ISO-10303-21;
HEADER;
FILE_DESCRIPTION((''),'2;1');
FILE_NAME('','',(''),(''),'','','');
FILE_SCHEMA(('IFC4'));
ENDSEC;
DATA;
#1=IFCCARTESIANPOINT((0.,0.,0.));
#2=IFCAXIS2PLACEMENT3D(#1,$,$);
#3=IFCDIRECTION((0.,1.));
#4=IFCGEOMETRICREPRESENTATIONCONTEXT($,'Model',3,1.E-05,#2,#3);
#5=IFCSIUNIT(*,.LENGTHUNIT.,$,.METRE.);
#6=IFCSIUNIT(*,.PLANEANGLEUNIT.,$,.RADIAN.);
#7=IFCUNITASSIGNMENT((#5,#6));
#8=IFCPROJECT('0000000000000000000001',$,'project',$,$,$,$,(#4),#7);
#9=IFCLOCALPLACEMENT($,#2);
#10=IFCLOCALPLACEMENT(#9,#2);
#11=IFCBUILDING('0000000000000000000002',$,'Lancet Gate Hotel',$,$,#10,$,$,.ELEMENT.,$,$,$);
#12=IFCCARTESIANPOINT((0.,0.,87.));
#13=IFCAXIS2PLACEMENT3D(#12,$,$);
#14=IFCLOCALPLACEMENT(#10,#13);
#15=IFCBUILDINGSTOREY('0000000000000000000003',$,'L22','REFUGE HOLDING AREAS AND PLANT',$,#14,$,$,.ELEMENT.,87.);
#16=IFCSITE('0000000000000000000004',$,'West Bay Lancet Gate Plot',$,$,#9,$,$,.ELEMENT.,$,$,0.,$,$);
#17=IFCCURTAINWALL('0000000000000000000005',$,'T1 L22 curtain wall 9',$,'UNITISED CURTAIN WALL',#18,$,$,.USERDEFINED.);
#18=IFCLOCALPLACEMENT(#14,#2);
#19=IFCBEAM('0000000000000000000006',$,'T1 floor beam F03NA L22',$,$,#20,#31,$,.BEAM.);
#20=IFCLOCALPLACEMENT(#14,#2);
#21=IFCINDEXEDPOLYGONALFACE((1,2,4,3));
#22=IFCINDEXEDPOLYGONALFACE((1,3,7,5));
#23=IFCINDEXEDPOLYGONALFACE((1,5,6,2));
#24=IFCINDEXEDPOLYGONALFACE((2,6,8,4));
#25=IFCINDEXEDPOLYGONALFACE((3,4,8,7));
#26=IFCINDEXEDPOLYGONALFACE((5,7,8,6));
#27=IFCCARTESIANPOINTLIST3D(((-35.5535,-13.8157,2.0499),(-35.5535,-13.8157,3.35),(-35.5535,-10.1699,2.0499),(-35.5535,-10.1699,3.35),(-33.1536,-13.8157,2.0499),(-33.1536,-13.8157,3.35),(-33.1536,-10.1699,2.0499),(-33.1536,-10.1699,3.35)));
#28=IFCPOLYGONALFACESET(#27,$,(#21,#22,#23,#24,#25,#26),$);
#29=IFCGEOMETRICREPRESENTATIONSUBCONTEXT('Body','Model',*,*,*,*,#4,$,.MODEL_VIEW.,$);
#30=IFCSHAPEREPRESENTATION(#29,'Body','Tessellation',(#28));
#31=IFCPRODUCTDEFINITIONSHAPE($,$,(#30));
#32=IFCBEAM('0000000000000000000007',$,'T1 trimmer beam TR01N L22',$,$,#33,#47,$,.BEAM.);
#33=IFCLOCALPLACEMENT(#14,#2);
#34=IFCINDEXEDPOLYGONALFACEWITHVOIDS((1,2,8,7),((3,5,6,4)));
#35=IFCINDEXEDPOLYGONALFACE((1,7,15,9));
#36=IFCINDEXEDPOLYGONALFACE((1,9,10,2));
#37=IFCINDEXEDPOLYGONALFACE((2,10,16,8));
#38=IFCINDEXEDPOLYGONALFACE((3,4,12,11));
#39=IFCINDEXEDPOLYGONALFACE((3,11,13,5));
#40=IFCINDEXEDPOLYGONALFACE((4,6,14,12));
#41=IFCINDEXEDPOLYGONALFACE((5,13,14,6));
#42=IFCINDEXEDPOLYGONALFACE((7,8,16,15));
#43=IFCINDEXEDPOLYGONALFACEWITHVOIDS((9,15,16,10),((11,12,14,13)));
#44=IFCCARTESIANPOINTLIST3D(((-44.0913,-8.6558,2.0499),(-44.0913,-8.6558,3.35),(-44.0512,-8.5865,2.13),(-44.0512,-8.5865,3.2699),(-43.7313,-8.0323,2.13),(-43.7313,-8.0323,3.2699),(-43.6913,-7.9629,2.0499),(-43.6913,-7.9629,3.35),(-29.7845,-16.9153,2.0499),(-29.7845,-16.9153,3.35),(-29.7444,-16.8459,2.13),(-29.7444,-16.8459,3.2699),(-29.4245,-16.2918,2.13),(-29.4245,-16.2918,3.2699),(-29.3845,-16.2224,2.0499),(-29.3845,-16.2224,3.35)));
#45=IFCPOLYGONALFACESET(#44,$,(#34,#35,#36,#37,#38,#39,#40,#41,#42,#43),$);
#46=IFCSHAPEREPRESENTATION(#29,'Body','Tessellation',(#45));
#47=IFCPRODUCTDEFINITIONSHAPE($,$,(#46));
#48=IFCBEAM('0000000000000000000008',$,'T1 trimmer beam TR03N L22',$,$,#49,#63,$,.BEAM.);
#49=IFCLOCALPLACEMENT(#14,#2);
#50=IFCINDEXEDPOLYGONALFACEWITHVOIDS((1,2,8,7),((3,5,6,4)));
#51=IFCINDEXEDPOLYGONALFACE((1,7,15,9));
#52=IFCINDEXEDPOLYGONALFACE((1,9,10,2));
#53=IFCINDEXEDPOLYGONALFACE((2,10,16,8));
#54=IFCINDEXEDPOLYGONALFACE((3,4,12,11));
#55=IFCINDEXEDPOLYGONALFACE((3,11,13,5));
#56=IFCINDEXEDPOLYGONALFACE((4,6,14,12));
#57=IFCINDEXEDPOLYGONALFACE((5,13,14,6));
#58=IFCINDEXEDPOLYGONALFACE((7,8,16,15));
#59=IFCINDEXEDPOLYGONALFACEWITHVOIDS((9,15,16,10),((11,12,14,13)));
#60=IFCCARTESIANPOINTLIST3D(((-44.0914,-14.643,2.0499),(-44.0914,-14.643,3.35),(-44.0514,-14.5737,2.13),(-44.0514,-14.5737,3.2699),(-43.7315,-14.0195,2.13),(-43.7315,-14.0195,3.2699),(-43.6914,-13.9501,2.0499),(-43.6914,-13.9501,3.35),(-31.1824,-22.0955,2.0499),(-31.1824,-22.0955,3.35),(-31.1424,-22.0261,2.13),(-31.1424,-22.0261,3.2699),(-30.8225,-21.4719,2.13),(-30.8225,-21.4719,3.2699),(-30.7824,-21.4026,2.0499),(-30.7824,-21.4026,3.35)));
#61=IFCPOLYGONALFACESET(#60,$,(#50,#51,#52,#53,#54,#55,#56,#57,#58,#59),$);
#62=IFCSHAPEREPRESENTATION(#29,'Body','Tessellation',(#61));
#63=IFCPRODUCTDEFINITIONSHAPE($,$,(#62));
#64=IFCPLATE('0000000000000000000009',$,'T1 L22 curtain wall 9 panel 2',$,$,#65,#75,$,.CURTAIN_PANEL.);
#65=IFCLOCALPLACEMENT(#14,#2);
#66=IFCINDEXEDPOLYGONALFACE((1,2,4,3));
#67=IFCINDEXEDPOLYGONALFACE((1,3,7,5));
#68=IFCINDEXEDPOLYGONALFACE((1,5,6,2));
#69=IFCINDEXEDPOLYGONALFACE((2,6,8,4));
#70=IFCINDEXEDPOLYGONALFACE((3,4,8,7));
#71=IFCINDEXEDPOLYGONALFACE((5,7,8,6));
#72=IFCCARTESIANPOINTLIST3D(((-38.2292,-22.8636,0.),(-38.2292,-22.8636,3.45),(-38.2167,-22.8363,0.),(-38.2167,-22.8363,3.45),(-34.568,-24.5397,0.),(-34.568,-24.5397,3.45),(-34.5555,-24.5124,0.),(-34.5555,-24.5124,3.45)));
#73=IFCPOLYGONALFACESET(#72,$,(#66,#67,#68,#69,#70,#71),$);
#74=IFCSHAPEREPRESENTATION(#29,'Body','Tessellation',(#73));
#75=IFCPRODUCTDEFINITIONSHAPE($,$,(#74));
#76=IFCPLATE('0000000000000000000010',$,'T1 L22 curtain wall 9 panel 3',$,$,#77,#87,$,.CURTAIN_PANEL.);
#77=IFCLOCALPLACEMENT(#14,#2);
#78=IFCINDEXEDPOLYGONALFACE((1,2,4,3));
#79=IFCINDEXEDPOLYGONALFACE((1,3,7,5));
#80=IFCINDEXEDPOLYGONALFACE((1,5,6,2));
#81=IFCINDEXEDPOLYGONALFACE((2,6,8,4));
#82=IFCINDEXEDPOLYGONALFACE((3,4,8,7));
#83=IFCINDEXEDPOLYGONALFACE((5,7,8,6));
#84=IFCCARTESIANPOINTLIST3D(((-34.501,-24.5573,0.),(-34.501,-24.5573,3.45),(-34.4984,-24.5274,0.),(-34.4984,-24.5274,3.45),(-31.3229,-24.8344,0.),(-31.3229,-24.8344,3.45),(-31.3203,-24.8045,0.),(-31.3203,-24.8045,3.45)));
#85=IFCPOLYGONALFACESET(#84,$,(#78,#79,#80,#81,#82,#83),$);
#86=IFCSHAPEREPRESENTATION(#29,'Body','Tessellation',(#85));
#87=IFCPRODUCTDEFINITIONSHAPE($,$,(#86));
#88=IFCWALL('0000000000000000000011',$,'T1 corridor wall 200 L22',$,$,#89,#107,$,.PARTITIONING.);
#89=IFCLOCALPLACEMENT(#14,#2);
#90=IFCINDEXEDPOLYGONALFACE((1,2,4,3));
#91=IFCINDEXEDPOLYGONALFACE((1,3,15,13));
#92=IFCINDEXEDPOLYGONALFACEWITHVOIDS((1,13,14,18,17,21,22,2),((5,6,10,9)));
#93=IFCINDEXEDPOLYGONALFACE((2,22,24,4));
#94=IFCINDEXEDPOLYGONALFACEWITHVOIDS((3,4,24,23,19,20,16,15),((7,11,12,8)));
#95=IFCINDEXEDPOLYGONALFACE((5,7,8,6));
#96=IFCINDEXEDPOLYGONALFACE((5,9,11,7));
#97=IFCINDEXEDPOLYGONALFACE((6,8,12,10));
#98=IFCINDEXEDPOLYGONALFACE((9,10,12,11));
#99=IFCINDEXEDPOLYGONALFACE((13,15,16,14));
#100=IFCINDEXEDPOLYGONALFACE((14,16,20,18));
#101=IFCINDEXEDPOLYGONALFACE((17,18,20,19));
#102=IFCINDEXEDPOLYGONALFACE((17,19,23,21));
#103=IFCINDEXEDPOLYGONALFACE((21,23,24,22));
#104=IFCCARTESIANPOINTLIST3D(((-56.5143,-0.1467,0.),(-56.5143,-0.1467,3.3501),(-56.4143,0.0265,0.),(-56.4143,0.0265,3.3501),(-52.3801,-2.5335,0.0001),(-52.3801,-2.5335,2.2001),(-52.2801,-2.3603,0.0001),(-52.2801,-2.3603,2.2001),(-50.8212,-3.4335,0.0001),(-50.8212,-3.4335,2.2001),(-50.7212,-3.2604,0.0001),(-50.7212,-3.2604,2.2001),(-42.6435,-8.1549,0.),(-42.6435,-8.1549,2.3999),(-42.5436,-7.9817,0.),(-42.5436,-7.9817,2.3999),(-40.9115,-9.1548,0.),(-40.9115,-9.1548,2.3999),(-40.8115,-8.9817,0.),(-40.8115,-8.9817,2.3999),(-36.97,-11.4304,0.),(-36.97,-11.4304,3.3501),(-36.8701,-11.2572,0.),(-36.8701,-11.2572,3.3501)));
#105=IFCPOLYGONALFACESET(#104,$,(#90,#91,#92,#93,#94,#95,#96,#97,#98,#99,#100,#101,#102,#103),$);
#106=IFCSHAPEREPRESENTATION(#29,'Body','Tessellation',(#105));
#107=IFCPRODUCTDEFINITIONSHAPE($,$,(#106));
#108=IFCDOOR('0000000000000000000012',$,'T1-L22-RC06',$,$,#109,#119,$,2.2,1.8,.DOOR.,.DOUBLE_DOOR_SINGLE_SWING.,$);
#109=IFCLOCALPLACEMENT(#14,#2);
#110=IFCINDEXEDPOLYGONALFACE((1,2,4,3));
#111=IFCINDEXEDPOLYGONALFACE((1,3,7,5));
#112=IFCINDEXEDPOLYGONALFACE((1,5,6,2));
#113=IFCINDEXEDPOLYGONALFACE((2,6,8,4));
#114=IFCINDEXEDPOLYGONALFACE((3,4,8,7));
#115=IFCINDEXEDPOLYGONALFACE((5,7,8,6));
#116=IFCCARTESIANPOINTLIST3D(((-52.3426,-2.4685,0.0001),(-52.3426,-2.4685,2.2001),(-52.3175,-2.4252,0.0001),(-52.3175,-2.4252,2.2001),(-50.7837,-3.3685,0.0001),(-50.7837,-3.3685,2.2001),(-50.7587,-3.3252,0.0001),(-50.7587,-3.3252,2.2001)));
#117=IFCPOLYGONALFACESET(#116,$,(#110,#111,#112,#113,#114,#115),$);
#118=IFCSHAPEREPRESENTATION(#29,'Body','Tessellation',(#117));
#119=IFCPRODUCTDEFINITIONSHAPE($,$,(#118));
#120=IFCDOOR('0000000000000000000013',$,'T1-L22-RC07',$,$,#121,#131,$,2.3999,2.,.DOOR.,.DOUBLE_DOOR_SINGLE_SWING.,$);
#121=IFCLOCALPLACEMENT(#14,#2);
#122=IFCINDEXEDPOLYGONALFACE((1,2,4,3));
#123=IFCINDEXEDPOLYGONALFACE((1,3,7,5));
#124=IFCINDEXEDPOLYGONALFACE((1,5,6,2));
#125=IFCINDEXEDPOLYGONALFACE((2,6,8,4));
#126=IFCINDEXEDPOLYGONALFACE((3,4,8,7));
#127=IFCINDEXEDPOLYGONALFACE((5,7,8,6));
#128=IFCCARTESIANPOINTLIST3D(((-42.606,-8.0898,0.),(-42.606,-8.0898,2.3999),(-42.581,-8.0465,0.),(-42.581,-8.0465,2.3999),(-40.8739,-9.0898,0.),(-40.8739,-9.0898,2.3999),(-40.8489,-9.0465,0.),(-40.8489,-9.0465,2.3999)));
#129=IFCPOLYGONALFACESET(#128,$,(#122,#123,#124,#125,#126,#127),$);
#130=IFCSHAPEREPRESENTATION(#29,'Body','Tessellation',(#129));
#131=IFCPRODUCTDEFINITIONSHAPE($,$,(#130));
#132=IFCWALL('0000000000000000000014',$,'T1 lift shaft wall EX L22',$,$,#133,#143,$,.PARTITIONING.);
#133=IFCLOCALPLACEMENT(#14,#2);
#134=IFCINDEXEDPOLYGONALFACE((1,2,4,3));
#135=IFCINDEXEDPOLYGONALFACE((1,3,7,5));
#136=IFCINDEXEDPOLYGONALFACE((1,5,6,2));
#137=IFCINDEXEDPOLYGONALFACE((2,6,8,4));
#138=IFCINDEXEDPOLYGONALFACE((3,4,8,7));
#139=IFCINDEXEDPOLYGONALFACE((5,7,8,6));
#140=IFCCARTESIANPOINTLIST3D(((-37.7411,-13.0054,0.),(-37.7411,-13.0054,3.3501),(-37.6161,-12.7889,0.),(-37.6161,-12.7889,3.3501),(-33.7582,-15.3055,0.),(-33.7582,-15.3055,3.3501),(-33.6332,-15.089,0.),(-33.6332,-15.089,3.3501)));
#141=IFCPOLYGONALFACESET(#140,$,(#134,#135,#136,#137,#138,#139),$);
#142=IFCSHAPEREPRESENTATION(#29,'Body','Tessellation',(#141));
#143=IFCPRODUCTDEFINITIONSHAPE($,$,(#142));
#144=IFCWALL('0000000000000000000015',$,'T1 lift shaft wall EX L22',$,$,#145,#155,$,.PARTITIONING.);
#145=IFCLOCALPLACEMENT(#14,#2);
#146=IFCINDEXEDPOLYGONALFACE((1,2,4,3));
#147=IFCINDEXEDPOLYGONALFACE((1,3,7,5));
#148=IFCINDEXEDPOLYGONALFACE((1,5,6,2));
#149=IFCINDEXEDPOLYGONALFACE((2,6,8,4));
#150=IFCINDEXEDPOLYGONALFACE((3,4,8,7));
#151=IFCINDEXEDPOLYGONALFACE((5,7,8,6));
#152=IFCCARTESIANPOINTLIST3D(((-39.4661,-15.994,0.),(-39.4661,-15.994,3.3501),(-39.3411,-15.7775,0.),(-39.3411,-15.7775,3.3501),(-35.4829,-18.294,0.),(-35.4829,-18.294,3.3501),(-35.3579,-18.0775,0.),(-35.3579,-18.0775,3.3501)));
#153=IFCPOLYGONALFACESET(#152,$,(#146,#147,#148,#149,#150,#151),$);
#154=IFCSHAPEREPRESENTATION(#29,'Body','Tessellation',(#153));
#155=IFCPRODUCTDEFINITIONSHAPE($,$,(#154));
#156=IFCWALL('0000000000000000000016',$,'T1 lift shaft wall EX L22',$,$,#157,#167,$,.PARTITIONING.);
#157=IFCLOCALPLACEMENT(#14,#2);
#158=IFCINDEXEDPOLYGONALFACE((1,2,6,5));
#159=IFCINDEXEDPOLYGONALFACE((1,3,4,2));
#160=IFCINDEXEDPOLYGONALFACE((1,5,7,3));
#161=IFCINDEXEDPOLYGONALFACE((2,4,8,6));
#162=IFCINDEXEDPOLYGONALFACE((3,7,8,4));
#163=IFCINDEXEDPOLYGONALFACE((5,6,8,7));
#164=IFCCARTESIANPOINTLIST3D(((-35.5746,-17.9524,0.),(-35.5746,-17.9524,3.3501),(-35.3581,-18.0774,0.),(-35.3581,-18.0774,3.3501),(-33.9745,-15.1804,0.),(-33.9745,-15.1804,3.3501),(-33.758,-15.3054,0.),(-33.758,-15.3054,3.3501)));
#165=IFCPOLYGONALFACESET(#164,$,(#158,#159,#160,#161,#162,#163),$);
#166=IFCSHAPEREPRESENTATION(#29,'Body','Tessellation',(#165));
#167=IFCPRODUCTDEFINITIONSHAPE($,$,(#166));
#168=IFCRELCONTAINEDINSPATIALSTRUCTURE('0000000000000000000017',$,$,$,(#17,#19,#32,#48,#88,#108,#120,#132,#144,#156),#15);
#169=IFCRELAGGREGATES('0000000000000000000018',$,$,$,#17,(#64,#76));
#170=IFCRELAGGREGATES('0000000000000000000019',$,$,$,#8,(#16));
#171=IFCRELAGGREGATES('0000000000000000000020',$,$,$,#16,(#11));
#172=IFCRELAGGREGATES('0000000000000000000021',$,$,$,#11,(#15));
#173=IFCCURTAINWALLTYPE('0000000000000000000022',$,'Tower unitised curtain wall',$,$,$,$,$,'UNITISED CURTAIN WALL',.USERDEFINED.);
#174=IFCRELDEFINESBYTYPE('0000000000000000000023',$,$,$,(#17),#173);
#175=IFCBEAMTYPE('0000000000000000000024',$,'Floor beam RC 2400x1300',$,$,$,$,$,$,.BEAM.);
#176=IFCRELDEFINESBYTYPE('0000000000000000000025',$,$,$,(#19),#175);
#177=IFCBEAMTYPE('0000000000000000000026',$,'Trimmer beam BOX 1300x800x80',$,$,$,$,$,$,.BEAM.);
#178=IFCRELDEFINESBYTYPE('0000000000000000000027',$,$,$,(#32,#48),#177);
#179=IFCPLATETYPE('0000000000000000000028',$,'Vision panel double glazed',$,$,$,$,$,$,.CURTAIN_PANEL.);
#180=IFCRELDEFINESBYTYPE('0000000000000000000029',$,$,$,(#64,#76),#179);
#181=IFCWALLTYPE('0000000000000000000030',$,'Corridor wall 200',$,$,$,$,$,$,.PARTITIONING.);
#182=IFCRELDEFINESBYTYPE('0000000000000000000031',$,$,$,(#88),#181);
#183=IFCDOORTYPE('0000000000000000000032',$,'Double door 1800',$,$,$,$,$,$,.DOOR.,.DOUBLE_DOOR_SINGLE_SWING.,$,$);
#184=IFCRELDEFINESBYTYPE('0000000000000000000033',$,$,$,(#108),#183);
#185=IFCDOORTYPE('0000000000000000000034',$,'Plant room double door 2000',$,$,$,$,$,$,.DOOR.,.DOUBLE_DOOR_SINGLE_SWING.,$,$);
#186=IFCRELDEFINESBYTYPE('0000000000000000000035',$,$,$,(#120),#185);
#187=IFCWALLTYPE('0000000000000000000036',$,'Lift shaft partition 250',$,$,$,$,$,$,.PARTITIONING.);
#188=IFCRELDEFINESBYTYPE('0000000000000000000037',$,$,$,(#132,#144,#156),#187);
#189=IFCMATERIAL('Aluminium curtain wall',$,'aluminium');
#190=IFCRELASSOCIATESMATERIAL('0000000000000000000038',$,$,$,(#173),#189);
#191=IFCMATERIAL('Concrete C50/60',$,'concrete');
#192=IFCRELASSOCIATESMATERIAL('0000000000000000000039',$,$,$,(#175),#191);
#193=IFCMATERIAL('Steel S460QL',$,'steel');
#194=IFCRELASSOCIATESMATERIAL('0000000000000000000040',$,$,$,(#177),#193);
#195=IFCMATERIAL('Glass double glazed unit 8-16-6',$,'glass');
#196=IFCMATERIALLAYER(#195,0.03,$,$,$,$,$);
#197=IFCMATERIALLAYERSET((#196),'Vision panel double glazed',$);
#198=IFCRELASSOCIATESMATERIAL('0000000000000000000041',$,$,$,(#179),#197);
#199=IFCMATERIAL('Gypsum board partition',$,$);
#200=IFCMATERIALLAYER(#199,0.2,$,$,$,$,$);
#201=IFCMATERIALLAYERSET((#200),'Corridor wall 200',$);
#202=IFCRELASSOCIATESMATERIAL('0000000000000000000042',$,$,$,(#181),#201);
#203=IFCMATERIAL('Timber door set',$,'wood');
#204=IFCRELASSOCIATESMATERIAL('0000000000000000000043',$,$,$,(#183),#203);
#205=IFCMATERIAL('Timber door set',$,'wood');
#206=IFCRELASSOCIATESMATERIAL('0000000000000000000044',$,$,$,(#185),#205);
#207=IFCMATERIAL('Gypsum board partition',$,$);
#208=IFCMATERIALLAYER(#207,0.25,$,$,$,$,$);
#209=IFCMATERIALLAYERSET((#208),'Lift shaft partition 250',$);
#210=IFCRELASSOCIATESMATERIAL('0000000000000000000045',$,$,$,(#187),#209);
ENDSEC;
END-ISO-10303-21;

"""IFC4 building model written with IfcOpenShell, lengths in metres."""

from ifc_helpers import new_model, si_unit, direction, frame, frame_2d, origin, origin_2d, place, context, subcontext, project, spatial, rectangle, hollow_rectangle, extrude, material, layer, layer_set, material_profile, profile_set, type_object, element, fill, aggregate, save


model = new_model("IFC4")

# Units and contexts
model_context = context("Model", 3, precision=1e-05, world=origin(), true_north=direction((0.0, 1.0)))
body_context = subcontext(model_context, "Body", "Model", "MODEL_VIEW")
ifc_project = project(units=[si_unit("LENGTHUNIT", "METRE"), si_unit("PLANEANGLEUNIT", "RADIAN")], contexts=[model_context])

# Site, building, storey
site_placement = place(None, origin())
site = spatial("IfcSite", under=ifc_project, at=site_placement, Name="West Bay Lancet Gate Plot", CompositionType="ELEMENT", RefElevation=0.0)
building_placement = place(site_placement, origin())
building = spatial("IfcBuilding", under=site, at=building_placement, Name="Lancet Gate Hotel", CompositionType="ELEMENT")
storey_placement = place(building_placement, frame((0.0, 0.0, 87.0)))
storey = spatial("IfcBuildingStorey", under=building, at=storey_placement, Name="L22", Description="REFUGE HOLDING AREAS AND PLANT", CompositionType="ELEMENT", Elevation=87.0)

# Curtain wall
ifc_material_1 = material(Name="Aluminium curtain wall", Category="aluminium")
curtain_wall_type = type_object("IfcCurtainWallType", Name="Tower unitised curtain wall", ElementType="UNITISED CURTAIN WALL", PredefinedType="USERDEFINED", material=ifc_material_1)
curtain_wall_placement = place(storey_placement, origin())
curtain_wall = element("IfcCurtainWall", 1, at=curtain_wall_placement, inside=storey, type_object=curtain_wall_type, Name="T1 L22 curtain wall 9", ObjectType="UNITISED CURTAIN WALL", PredefinedType="USERDEFINED")

# Beams
ifc_material_2 = material(Name="Concrete C50/60", Category="concrete")
ifc_material_profile_1 = material_profile(ifc_material_2, rectangle(XDim=2.3999, YDim=1.3, at=origin_2d()), Name="RC 2400x1300")
ifc_profile_set_1 = profile_set([ifc_material_profile_1], Name="Concrete C50/60")
beam_type_1 = type_object("IfcBeamType", Name="Floor beam RC 2400x1300", PredefinedType="BEAM", material=ifc_profile_set_1)
beam_1_placement = place(storey_placement, frame((-34.3535, -10.1699, 2.7), z_axis=(0.0, -1.0, 0.0), x_axis=(1.0, 0.0, 0.0)))
element("IfcBeam", 2, at=beam_1_placement, inside=storey, type_object=beam_type_1, Name="T1 floor beam F03NA L22", PredefinedType="BEAM", context=body_context, shape_type="SweptSolid", body=[
    extrude(rectangle(XDim=2.3999, YDim=1.3, at=origin_2d()), origin(), (0.0, 0.0, 1.0), 3.6458),
])
ifc_material_3 = material(Name="Steel S460QL", Category="steel")
ifc_material_profile_2 = material_profile(ifc_material_3, hollow_rectangle(XDim=0.8, YDim=1.3, WallThickness=0.0801, at=origin_2d()), Name="BOX 1300x800x80")
ifc_profile_set_2 = profile_set([ifc_material_profile_2], Name="Steel S460QL")
beam_type_2 = type_object("IfcBeamType", Name="Trimmer beam BOX 1300x800x80", PredefinedType="BEAM", material=ifc_profile_set_2)
beam_2_placement = place(storey_placement, frame((-29.5845, -16.5688, 2.7), z_axis=(-0.86604, 0.499974, 0.0), x_axis=(-0.499974, -0.86604, 0.0)))
element("IfcBeam", 3, at=beam_2_placement, inside=storey, type_object=beam_type_2, Name="T1 trimmer beam TR01N L22", PredefinedType="BEAM", context=body_context, shape_type="SweptSolid", body=[
    extrude(hollow_rectangle(XDim=0.8, YDim=1.3, WallThickness=0.0801, at=origin_2d()), origin(), (0.0, 0.0, 1.0), 16.5198),
])
beam_3_placement = place(storey_placement, frame((-30.9824, -21.749, 2.7), z_axis=(-0.866042, 0.499971, 0.0), x_axis=(-0.499971, -0.866042, 0.0)))
element("IfcBeam", 4, at=beam_3_placement, inside=storey, type_object=beam_type_2, Name="T1 trimmer beam TR03N L22", PredefinedType="BEAM", context=body_context, shape_type="SweptSolid", body=[
    extrude(hollow_rectangle(XDim=0.8, YDim=1.3, WallThickness=0.0801, at=origin_2d()), origin(), (0.0, 0.0, 1.0), 14.9058),
])

# Plates
ifc_material_4 = material(Name="Glass double glazed unit 8-16-6", Category="glass")
ifc_layer_1 = layer(ifc_material_4, 0.03)
ifc_layer_set_1 = layer_set([ifc_layer_1], Name="Vision panel double glazed")
plate_type = type_object("IfcPlateType", Name="Vision panel double glazed", PredefinedType="CURTAIN_PANEL", material=ifc_layer_set_1)
plate_1_placement = place(storey_placement, frame((-36.3923, -23.688, 0.0), z_axis=(0.0, 0.0, 1.0), x_axis=(0.909253, -0.416245, 0.0)))
plate_1 = element("IfcPlate", 5, at=plate_1_placement, type_object=plate_type, Name="T1 L22 curtain wall 9 panel 2", PredefinedType="CURTAIN_PANEL", context=body_context, shape_type="SweptSolid", body=[
    extrude(rectangle(XDim=4.0266, YDim=0.03, at=origin_2d()), origin(), (0.0, 0.0, 1.0), 3.45),
])
plate_2_placement = place(storey_placement, frame((-32.9106, -24.6809, 0.0), z_axis=(0.0, 0.0, 1.0), x_axis=(0.996219, -0.08688, 0.0)))
plate_2 = element("IfcPlate", 6, at=plate_2_placement, type_object=plate_type, Name="T1 L22 curtain wall 9 panel 3", PredefinedType="CURTAIN_PANEL", context=body_context, shape_type="SweptSolid", body=[
    extrude(rectangle(XDim=3.1902, YDim=0.03, at=origin_2d()), origin(), (0.0, 0.0, 1.0), 3.45),
])
aggregate(curtain_wall, [plate_1, plate_2])

# Wall, openings, doors
ifc_material_5 = material(Name="Gypsum board partition")
ifc_layer_2 = layer(ifc_material_5, 0.2)
ifc_layer_set_2 = layer_set([ifc_layer_2], Name="Corridor wall 200")
wall_type_1 = type_object("IfcWallType", Name="Corridor wall 200", PredefinedType="PARTITIONING", material=ifc_layer_set_2)
wall_1_placement = place(storey_placement, frame((-36.9202, -11.3438, 0.0), z_axis=(0.0, 0.0, 1.0), x_axis=(-0.866028, 0.499995, 0.0)))
wall_1 = element("IfcWall", 7, at=wall_1_placement, inside=storey, type_object=wall_type_1, Name="T1 corridor wall 200 L22", PredefinedType="PARTITIONING", context=body_context, shape_type="SweptSolid", body=[
    extrude(rectangle(XDim=22.5676, YDim=0.2, at=frame_2d((11.2837, 0.0))), origin(), (0.0, 0.0, 1.0), 3.3501),
])
opening_1_placement = place(wall_1_placement, frame((15.9939, 0.0, 0.0)))
opening_1 = element("IfcOpeningElement", 8, at=opening_1_placement, cuts=wall_1, PredefinedType="OPENING", context=body_context, shape_type="SweptSolid", body=[
    extrude(rectangle(XDim=1.8, YDim=2.2, at=frame_2d((0.8999, 1.1001))), frame((0.0, 0.1099, 0.0), z_axis=(0.0, -1.0, 0.0), x_axis=(1.0, 0.0, 0.0)), (0.0, 0.0, 1.0), 0.22),
])
opening_2_placement = place(wall_1_placement, frame((4.551, 0.0, 0.0)))
opening_2 = element("IfcOpeningElement", 9, at=opening_2_placement, cuts=wall_1, PredefinedType="OPENING", context=body_context, shape_type="SweptSolid", body=[
    extrude(rectangle(XDim=2.0, YDim=2.3999, at=frame_2d((1.0, 1.2))), frame((0.0, 0.1099, 0.0), z_axis=(0.0, -1.0, 0.0), x_axis=(1.0, 0.0, 0.0)), (0.0, 0.0, 1.0), 0.22),
])
ifc_material_6 = material(Name="Timber door set", Category="wood")
door_type_1 = type_object("IfcDoorType", Name="Double door 1800", OperationType="DOUBLE_DOOR_SINGLE_SWING", PredefinedType="DOOR", material=ifc_material_6)
door_1_placement = place(opening_1_placement, origin())
door_1 = element("IfcDoor", 10, at=door_1_placement, inside=storey, type_object=door_type_1, Name="T1-L22-RC06", OperationType="DOUBLE_DOOR_SINGLE_SWING", OverallHeight=2.2, OverallWidth=1.8, PredefinedType="DOOR", context=body_context, shape_type="SweptSolid", body=[
    extrude(rectangle(XDim=1.8, YDim=2.2, at=frame_2d((0.8999, 1.1001))), frame((0.0, 0.0249, 0.0), z_axis=(0.0, -1.0, 0.0), x_axis=(1.0, 0.0, 0.0)), (0.0, 0.0, 1.0), 0.05),
])
fill(opening_1, door_1)
ifc_material_7 = material(Name="Timber door set", Category="wood")
door_type_2 = type_object("IfcDoorType", Name="Plant room double door 2000", OperationType="DOUBLE_DOOR_SINGLE_SWING", PredefinedType="DOOR", material=ifc_material_7)
door_2_placement = place(opening_2_placement, origin())
door_2 = element("IfcDoor", 11, at=door_2_placement, inside=storey, type_object=door_type_2, Name="T1-L22-RC07", OperationType="DOUBLE_DOOR_SINGLE_SWING", OverallHeight=2.3999, OverallWidth=2.0, PredefinedType="DOOR", context=body_context, shape_type="SweptSolid", body=[
    extrude(rectangle(XDim=2.0, YDim=2.3999, at=frame_2d((1.0, 1.2))), frame((0.0, 0.0249, 0.0), z_axis=(0.0, -1.0, 0.0), x_axis=(1.0, 0.0, 0.0)), (0.0, 0.0, 1.0), 0.05),
])
fill(opening_2, door_2)

# Walls
ifc_material_8 = material(Name="Gypsum board partition")
ifc_layer_3 = layer(ifc_material_8, 0.25)
ifc_layer_set_3 = layer_set([ifc_layer_3], Name="Lift shaft partition 250")
wall_type_2 = type_object("IfcWallType", Name="Lift shaft partition 250", PredefinedType="PARTITIONING", material=ifc_layer_set_3)
wall_2_placement = place(storey_placement, frame((-33.6956, -15.1973, 0.0), z_axis=(0.0, 0.0, 1.0), x_axis=(-0.865977, 0.500084, 0.0)))
element("IfcWall", 12, at=wall_2_placement, inside=storey, type_object=wall_type_2, Name="T1 lift shaft wall EX L22", PredefinedType="PARTITIONING", context=body_context, shape_type="SweptSolid", body=[
    extrude(rectangle(XDim=4.5994, YDim=0.25, at=frame_2d((2.2998, 0.0))), origin(), (0.0, 0.0, 1.0), 3.3501),
])
wall_3_placement = place(storey_placement, frame((-35.4204, -18.1858, 0.0), z_axis=(0.0, 0.0, 1.0), x_axis=(-0.86599, 0.500061, 0.0)))
element("IfcWall", 13, at=wall_3_placement, inside=storey, type_object=wall_type_2, Name="T1 lift shaft wall EX L22", PredefinedType="PARTITIONING", context=body_context, shape_type="SweptSolid", body=[
    extrude(rectangle(XDim=4.5996, YDim=0.25, at=frame_2d((2.2998, 0.0))), origin(), (0.0, 0.0, 1.0), 3.3501),
])
wall_4_placement = place(storey_placement, frame((-33.8662, -15.2429, 0.0), z_axis=(0.0, 0.0, 1.0), x_axis=(-0.499929, -0.866066, 0.0)))
element("IfcWall", 14, at=wall_4_placement, inside=storey, type_object=wall_type_2, Name="T1 lift shaft wall EX L22", PredefinedType="PARTITIONING", context=body_context, shape_type="SweptSolid", body=[
    extrude(rectangle(XDim=3.2007, YDim=0.25, at=frame_2d((1.6003, 0.0))), origin(), (0.0, 0.0, 1.0), 3.3501),
])

save(model, "model.ifc")
